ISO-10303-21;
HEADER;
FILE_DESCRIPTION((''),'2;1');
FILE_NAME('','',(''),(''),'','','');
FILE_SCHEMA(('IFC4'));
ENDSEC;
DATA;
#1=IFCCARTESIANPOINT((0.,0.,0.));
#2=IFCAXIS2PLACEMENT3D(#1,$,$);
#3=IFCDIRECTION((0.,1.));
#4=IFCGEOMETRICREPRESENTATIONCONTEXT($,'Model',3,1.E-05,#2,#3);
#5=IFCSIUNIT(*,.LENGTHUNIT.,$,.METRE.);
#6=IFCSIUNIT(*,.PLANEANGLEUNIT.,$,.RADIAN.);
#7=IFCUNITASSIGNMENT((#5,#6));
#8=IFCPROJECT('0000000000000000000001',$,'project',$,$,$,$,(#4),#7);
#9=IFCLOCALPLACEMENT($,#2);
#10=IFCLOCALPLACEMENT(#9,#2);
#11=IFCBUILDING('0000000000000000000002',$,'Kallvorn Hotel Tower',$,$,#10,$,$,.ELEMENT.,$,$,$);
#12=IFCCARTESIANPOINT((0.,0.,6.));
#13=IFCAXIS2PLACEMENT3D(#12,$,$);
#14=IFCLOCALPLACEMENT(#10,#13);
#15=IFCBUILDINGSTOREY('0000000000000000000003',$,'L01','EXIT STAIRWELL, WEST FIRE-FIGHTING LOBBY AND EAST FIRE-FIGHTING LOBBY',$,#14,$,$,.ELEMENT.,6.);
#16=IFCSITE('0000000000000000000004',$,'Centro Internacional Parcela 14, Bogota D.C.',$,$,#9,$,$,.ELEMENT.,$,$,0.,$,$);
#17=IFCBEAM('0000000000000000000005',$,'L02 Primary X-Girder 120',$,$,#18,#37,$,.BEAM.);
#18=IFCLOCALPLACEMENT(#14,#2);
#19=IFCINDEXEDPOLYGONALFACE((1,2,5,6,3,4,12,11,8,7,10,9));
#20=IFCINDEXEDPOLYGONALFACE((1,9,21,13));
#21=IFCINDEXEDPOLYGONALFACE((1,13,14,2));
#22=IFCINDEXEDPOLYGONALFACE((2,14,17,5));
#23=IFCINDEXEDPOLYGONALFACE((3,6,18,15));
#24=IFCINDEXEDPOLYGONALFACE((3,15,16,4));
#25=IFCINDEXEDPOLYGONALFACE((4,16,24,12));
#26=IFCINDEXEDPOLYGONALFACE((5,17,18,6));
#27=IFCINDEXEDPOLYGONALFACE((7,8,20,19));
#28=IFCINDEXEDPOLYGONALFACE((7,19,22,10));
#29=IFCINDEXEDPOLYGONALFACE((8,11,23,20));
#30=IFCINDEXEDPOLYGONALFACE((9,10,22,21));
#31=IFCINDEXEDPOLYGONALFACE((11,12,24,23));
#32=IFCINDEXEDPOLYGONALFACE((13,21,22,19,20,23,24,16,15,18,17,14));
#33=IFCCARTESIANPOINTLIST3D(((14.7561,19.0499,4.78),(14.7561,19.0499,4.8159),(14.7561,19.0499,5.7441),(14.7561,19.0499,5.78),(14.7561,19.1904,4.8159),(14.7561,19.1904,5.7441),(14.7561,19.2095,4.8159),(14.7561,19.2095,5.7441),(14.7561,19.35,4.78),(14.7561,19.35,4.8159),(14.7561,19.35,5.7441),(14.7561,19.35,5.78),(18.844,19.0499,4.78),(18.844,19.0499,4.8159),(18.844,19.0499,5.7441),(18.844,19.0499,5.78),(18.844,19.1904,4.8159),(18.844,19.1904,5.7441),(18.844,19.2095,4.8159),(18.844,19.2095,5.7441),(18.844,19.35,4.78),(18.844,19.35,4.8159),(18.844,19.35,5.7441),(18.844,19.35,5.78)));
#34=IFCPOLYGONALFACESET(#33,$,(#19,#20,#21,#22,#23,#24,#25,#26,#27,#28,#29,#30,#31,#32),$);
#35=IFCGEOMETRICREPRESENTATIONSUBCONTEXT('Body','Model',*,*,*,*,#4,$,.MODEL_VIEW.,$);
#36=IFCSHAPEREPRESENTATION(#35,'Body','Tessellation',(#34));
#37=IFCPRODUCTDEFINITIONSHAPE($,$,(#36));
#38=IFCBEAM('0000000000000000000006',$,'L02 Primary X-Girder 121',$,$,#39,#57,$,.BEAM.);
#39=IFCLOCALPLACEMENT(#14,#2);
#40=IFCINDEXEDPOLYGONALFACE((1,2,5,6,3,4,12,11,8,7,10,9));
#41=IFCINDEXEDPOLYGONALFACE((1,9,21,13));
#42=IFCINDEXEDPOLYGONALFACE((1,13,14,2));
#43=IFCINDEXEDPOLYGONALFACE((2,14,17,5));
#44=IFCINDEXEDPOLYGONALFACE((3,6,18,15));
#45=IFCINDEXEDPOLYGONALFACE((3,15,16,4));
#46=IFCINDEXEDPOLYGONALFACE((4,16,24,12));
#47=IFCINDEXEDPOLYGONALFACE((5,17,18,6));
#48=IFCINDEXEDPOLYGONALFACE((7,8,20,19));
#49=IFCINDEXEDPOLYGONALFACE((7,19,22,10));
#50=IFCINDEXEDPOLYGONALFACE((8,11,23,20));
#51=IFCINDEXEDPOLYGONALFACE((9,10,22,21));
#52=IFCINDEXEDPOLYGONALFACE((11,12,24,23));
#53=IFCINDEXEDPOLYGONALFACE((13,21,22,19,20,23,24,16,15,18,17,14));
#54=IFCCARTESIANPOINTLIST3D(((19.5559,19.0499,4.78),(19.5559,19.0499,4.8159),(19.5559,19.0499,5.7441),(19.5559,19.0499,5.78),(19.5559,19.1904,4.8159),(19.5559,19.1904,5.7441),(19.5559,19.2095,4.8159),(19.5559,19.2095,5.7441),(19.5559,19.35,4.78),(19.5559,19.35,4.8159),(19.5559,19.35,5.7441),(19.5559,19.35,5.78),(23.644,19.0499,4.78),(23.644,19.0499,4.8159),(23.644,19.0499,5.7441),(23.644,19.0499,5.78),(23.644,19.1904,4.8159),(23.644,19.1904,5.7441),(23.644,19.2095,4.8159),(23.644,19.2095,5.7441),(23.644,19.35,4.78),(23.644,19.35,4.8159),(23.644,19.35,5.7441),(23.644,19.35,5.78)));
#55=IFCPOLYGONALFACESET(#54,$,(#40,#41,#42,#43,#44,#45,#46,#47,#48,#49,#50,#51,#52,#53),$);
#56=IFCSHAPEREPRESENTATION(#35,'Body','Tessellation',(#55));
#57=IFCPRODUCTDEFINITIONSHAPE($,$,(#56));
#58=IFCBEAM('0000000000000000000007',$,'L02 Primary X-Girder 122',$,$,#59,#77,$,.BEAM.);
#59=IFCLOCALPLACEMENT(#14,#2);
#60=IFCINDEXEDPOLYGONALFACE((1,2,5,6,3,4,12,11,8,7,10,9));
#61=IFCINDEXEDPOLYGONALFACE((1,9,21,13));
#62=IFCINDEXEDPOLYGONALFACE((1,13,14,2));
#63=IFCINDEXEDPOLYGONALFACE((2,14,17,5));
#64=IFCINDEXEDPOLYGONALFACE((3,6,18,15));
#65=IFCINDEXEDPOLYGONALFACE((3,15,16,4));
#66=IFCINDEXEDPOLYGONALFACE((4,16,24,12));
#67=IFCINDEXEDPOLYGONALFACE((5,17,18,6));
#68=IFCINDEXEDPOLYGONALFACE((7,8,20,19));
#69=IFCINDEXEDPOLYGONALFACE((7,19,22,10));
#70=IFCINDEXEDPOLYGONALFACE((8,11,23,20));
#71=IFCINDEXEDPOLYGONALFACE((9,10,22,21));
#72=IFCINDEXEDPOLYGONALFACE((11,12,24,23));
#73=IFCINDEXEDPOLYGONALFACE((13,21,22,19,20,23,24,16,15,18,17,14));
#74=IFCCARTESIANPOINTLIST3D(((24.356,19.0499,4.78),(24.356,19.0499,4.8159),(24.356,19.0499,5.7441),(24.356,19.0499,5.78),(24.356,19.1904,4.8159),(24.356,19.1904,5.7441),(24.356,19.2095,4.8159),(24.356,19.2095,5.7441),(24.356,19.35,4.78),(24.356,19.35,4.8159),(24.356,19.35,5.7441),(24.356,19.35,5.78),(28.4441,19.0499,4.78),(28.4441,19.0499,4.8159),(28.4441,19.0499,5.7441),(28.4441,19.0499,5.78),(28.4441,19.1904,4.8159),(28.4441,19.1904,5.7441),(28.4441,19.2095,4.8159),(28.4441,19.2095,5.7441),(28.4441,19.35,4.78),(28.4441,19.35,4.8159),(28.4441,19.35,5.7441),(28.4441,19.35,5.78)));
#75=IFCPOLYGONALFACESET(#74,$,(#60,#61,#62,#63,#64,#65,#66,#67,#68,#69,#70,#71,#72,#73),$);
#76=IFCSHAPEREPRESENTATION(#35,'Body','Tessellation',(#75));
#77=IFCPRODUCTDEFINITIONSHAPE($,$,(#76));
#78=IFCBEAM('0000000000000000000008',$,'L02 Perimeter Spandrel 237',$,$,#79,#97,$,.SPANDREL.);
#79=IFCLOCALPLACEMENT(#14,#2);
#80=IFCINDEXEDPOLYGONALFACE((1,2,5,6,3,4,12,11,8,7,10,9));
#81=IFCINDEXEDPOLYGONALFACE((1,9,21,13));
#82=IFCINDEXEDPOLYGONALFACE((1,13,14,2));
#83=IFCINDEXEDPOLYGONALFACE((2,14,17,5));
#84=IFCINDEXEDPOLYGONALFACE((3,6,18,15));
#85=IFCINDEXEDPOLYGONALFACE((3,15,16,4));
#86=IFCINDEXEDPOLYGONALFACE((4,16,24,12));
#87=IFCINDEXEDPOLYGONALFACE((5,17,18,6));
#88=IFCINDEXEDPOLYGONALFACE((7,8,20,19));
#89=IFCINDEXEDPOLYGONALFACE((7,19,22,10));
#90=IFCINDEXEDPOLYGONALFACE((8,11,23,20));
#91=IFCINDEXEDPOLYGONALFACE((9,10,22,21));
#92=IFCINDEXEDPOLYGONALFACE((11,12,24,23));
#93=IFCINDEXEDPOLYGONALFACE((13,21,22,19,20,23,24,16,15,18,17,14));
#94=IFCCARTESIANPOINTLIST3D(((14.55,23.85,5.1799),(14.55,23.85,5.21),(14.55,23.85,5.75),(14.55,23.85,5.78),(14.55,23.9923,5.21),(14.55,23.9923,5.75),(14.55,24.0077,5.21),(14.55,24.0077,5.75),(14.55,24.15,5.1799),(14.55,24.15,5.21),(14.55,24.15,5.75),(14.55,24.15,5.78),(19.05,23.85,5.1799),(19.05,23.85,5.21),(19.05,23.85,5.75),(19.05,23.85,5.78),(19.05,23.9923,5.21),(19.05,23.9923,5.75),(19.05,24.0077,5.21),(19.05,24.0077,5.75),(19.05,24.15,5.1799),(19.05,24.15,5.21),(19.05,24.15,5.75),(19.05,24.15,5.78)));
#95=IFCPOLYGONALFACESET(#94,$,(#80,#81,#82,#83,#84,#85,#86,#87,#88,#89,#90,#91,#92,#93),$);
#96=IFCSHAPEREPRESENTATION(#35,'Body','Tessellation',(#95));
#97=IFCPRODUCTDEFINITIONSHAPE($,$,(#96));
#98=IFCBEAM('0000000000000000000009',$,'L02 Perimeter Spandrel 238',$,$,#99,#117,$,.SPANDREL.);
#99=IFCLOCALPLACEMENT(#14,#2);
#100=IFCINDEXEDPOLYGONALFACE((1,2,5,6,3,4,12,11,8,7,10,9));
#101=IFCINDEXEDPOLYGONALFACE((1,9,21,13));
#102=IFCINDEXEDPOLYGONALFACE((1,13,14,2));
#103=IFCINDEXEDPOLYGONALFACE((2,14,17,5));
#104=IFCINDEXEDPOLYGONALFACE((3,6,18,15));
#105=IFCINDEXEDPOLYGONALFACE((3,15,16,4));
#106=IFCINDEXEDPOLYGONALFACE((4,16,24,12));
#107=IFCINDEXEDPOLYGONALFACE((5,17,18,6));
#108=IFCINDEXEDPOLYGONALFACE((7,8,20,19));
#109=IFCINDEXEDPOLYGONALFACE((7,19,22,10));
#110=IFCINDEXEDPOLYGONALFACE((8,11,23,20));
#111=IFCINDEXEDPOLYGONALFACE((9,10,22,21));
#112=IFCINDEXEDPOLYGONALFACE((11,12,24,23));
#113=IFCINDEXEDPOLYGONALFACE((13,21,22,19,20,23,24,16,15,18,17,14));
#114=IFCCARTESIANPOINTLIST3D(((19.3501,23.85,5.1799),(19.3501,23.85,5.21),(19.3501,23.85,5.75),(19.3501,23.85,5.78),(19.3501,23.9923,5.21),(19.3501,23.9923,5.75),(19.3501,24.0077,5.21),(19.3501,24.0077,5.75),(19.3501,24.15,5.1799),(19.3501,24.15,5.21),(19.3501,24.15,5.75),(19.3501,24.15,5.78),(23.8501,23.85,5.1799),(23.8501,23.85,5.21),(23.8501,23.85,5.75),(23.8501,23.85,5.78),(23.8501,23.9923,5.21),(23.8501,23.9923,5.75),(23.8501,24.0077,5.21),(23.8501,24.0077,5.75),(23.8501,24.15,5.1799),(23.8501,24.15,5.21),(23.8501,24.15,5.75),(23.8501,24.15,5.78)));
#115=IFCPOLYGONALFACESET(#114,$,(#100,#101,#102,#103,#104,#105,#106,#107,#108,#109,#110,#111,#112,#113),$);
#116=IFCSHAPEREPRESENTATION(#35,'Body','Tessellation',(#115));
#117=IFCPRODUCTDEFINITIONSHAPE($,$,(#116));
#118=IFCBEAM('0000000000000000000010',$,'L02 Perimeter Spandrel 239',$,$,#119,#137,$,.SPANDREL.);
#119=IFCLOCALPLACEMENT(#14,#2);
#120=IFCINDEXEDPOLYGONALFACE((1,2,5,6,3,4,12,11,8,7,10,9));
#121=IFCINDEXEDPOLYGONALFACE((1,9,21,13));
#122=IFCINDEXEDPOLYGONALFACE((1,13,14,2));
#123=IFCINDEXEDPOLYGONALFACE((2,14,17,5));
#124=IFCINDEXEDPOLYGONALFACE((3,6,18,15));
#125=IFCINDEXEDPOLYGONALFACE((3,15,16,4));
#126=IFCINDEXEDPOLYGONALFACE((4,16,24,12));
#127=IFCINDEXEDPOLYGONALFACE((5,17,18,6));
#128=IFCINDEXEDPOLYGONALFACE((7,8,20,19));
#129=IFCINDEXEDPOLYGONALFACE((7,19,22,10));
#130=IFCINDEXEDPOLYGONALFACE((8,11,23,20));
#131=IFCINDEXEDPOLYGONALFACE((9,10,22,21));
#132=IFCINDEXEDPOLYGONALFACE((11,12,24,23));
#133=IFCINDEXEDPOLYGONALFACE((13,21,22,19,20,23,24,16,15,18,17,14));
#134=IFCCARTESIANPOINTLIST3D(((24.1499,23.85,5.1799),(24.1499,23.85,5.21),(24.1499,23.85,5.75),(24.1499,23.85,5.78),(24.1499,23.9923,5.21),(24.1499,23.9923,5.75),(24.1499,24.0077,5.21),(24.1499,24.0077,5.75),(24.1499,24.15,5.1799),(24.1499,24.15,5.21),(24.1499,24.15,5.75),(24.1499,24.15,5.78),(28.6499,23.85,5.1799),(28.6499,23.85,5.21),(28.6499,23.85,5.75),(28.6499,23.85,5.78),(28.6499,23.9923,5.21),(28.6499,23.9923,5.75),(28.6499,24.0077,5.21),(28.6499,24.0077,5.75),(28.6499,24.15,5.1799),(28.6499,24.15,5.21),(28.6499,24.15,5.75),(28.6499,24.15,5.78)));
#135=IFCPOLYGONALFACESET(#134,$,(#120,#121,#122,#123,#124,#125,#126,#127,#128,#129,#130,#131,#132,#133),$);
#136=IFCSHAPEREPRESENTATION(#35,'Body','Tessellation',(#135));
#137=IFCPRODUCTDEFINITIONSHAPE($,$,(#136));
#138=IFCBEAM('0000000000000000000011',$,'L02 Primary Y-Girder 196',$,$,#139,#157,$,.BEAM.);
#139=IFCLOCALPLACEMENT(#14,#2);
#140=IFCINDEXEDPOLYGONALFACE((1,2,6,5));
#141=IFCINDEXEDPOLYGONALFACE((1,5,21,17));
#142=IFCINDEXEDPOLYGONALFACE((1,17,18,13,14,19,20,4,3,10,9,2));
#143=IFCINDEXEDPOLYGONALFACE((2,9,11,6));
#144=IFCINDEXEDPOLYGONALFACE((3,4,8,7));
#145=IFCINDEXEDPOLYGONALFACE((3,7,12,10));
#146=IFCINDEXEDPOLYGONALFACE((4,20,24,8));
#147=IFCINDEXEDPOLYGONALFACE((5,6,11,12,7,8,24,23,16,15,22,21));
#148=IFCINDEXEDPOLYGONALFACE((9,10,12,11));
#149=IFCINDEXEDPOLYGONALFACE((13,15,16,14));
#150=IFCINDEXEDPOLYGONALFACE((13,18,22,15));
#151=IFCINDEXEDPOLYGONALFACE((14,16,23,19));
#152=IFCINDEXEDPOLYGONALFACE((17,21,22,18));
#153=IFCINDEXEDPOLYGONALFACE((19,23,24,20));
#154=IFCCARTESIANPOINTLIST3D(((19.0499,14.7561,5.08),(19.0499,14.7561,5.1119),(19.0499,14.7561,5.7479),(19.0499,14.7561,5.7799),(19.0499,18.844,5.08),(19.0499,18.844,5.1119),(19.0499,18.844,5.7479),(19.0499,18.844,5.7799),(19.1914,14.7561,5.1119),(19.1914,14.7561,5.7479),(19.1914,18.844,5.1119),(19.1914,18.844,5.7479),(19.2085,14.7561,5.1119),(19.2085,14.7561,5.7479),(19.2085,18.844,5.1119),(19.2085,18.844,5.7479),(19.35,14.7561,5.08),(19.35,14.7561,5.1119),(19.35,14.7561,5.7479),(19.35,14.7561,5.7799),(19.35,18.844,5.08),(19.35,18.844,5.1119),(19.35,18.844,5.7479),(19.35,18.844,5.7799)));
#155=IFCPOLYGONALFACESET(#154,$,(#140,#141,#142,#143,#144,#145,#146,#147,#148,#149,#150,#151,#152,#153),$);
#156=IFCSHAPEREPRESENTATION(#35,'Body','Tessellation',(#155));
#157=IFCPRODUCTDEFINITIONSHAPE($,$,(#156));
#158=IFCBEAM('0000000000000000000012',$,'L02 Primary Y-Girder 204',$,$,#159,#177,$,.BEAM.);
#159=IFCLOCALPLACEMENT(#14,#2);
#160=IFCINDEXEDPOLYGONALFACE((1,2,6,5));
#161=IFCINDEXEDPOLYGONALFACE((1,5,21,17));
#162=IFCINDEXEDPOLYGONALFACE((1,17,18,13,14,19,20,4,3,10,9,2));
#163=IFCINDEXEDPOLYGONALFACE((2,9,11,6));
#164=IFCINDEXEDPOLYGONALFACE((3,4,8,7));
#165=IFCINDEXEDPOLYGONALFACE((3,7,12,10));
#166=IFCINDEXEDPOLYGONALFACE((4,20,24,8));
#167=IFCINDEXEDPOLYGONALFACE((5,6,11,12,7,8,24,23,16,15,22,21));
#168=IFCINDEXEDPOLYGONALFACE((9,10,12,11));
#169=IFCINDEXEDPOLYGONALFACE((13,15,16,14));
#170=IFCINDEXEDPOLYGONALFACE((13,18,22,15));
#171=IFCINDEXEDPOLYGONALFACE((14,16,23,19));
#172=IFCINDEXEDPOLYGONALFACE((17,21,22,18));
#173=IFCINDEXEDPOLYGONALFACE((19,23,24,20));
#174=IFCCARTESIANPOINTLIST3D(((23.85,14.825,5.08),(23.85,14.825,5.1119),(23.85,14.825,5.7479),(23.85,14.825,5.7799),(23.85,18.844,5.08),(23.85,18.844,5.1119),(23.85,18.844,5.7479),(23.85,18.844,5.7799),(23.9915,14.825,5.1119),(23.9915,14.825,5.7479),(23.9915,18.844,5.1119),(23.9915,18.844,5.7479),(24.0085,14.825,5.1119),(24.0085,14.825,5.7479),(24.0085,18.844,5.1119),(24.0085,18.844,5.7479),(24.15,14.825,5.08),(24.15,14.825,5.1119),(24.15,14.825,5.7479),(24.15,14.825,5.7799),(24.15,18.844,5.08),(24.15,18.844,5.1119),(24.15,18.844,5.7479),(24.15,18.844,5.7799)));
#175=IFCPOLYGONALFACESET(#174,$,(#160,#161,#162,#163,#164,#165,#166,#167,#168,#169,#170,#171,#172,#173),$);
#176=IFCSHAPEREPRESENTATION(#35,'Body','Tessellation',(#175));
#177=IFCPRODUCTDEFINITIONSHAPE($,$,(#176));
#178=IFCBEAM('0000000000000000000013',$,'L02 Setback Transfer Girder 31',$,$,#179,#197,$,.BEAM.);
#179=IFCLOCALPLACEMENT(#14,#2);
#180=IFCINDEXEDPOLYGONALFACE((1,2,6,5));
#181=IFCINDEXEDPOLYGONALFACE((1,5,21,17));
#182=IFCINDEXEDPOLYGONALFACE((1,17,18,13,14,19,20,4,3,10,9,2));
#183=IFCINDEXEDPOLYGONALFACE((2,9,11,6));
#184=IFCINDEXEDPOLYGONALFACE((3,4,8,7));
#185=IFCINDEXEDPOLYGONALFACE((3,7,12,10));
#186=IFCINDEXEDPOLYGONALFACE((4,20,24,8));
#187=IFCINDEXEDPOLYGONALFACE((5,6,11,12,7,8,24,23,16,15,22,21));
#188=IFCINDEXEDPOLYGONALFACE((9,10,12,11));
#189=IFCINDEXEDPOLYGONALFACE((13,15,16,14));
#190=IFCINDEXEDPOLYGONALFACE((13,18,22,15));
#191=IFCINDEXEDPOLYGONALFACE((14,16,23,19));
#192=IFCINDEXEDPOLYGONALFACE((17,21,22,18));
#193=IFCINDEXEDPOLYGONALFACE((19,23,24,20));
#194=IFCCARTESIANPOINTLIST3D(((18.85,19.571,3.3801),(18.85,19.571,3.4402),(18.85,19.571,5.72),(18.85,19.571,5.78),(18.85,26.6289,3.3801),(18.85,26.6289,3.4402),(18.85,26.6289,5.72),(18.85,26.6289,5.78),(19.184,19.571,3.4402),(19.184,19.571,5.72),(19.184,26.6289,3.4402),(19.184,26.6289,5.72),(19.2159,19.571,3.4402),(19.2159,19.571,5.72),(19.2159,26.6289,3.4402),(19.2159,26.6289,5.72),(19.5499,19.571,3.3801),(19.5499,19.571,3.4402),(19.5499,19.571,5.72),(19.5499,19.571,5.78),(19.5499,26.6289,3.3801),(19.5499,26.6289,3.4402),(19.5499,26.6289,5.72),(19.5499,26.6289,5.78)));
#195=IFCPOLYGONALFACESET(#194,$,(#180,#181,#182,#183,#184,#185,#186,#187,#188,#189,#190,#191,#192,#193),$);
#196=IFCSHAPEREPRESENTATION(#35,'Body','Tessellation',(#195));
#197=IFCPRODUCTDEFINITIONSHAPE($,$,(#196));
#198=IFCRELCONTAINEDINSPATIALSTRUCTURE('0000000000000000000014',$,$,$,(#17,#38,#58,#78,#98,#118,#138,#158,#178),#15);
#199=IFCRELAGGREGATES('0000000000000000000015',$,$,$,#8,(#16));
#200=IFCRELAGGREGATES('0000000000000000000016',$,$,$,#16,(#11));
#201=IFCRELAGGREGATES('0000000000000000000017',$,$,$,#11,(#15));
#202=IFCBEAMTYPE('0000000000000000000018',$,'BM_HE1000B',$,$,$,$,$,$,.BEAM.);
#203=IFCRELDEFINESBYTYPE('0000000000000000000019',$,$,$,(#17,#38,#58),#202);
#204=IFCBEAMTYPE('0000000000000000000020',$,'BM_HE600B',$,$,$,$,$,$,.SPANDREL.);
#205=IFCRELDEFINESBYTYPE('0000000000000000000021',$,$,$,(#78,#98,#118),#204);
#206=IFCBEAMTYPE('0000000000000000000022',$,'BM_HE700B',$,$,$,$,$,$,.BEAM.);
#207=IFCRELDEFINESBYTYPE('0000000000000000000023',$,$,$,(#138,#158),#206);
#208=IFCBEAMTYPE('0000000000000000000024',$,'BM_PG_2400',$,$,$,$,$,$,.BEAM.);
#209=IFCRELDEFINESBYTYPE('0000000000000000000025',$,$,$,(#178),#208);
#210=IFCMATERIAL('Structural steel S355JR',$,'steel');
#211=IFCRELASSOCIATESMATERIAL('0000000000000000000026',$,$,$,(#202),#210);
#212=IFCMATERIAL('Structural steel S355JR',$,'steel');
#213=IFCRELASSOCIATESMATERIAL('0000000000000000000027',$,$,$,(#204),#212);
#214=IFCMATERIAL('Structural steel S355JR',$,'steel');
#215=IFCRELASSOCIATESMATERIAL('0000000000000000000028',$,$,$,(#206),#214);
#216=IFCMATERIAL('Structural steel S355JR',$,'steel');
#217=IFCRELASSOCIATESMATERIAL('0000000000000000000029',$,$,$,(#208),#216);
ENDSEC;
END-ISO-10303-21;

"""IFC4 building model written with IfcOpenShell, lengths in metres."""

from ifc_helpers import new_model, si_unit, direction, frame, origin, origin_2d, place, context, subcontext, project, spatial, i_section, extrude, material, material_profile, profile_set, type_object, element, save


model = new_model("IFC4")

# Units and contexts
model_context = context("Model", 3, precision=1e-05, world=origin(), true_north=direction((0.0, 1.0)))
body_context = subcontext(model_context, "Body", "Model", "MODEL_VIEW")
ifc_project = project(units=[si_unit("LENGTHUNIT", "METRE"), si_unit("PLANEANGLEUNIT", "RADIAN")], contexts=[model_context])

# Site, building, storey
site_placement = place(None, origin())
site = spatial("IfcSite", under=ifc_project, at=site_placement, Name="Centro Internacional Parcela 14, Bogota D.C.", CompositionType="ELEMENT", RefElevation=0.0)
building_placement = place(site_placement, origin())
building = spatial("IfcBuilding", under=site, at=building_placement, Name="Kallvorn Hotel Tower", CompositionType="ELEMENT")
storey_placement = place(building_placement, frame((0.0, 0.0, 6.0)))
storey = spatial("IfcBuildingStorey", under=building, at=storey_placement, Name="L01", Description="EXIT STAIRWELL, WEST FIRE-FIGHTING LOBBY AND EAST FIRE-FIGHTING LOBBY", CompositionType="ELEMENT", Elevation=6.0)

# Beams
ifc_material_1 = material(Name="Structural steel S355JR", Category="steel")
ifc_material_profile_1 = material_profile(ifc_material_1, i_section(OverallWidth=0.3, OverallDepth=1.0, WebThickness=0.019, FlangeThickness=0.0359, at=origin_2d()), Name="HE 1000 B")
ifc_profile_set_1 = profile_set([ifc_material_profile_1], Name="Structural steel S355JR")
beam_type_1 = type_object("IfcBeamType", Name="BM_HE1000B", PredefinedType="BEAM", material=ifc_profile_set_1)
beam_1_placement = place(storey_placement, frame((14.7561, 19.2, 5.28), z_axis=(1.0, 0.0, 0.0), x_axis=(0.0, 1.0, 0.0)))
element("IfcBeam", 1, at=beam_1_placement, inside=storey, type_object=beam_type_1, Name="L02 Primary X-Girder 120", PredefinedType="BEAM", context=body_context, shape_type="SweptSolid", body=[
    extrude(i_section(OverallWidth=0.3, OverallDepth=1.0, WebThickness=0.019, FlangeThickness=0.0359, at=origin_2d()), origin(), (0.0, 0.0, 1.0), 4.0879),
])
for number, where, z_axis, x_axis, name in (
    (2, (19.5559, 19.2, 5.28), (1.0, 0.0, 0.0), (0.0, 1.0, 0.0), "L02 Primary X-Girder 121"),
    (3, (24.356, 19.2, 5.28), (1.0, 0.0, 0.0), (0.0, 1.0, 0.0), "L02 Primary X-Girder 122"),
):
    element("IfcBeam", number, at=place(storey_placement, frame(where, z_axis=z_axis, x_axis=x_axis)), inside=storey, type_object=beam_type_1, Name=name, PredefinedType="BEAM", context=body_context, shape_type="SweptSolid", body=[
        extrude(i_section(OverallWidth=0.3, OverallDepth=1.0, WebThickness=0.019, FlangeThickness=0.0359, at=origin_2d()), origin(), (0.0, 0.0, 1.0), 4.0881),
    ])
ifc_material_2 = material(Name="Structural steel S355JR", Category="steel")
ifc_material_profile_2 = material_profile(ifc_material_2, i_section(OverallWidth=0.3, OverallDepth=0.6001, WebThickness=0.0154, FlangeThickness=0.03, at=origin_2d()), Name="HE 600 B")
ifc_profile_set_2 = profile_set([ifc_material_profile_2], Name="Structural steel S355JR")
beam_type_2 = type_object("IfcBeamType", Name="BM_HE600B", PredefinedType="SPANDREL", material=ifc_profile_set_2)
for number, where, z_axis, x_axis, name in (
    (4, (14.55, 24.0, 5.48), (1.0, 0.0, 0.0), (0.0, 1.0, 0.0), "L02 Perimeter Spandrel 237"),
    (5, (19.3501, 24.0, 5.48), (1.0, 0.0, 0.0), (0.0, 1.0, 0.0), "L02 Perimeter Spandrel 238"),
    (6, (24.1499, 24.0, 5.48), (1.0, 0.0, 0.0), (0.0, 1.0, 0.0), "L02 Perimeter Spandrel 239"),
):
    element("IfcBeam", number, at=place(storey_placement, frame(where, z_axis=z_axis, x_axis=x_axis)), inside=storey, type_object=beam_type_2, Name=name, PredefinedType="SPANDREL", context=body_context, shape_type="SweptSolid", body=[
        extrude(i_section(OverallWidth=0.3, OverallDepth=0.6001, WebThickness=0.0154, FlangeThickness=0.03, at=origin_2d()), origin(), (0.0, 0.0, 1.0), 4.5),
    ])
ifc_material_3 = material(Name="Structural steel S355JR", Category="steel")
ifc_material_profile_3 = material_profile(ifc_material_3, i_section(OverallWidth=0.3, OverallDepth=0.7, WebThickness=0.0171, FlangeThickness=0.032, at=origin_2d()), Name="HE 700 B")
ifc_profile_set_3 = profile_set([ifc_material_profile_3], Name="Structural steel S355JR")
beam_type_3 = type_object("IfcBeamType", Name="BM_HE700B", PredefinedType="BEAM", material=ifc_profile_set_3)
beam_2_placement = place(storey_placement, frame((19.2, 14.7561, 5.4299), z_axis=(0.0, 1.0, 0.0), x_axis=(-1.0, 0.0, 0.0)))
element("IfcBeam", 7, at=beam_2_placement, inside=storey, type_object=beam_type_3, Name="L02 Primary Y-Girder 196", PredefinedType="BEAM", context=body_context, shape_type="SweptSolid", body=[
    extrude(i_section(OverallWidth=0.3, OverallDepth=0.7, WebThickness=0.0171, FlangeThickness=0.032, at=origin_2d()), origin(), (0.0, 0.0, 1.0), 4.0879),
])
beam_3_placement = place(storey_placement, frame((24.0, 14.825, 5.4299), z_axis=(0.0, 1.0, 0.0), x_axis=(-1.0, 0.0, 0.0)))
element("IfcBeam", 8, at=beam_3_placement, inside=storey, type_object=beam_type_3, Name="L02 Primary Y-Girder 204", PredefinedType="BEAM", context=body_context, shape_type="SweptSolid", body=[
    extrude(i_section(OverallWidth=0.3, OverallDepth=0.7, WebThickness=0.0171, FlangeThickness=0.032, at=origin_2d()), origin(), (0.0, 0.0, 1.0), 4.019),
])
ifc_material_4 = material(Name="Structural steel S355JR", Category="steel")
ifc_material_profile_4 = material_profile(ifc_material_4, i_section(OverallWidth=0.7, OverallDepth=2.3999, WebThickness=0.032, FlangeThickness=0.0601, at=origin_2d()), Name="PG 2400x700x32x60")
ifc_profile_set_4 = profile_set([ifc_material_profile_4], Name="Structural steel S355JR")
beam_type_4 = type_object("IfcBeamType", Name="BM_PG_2400", PredefinedType="BEAM", material=ifc_profile_set_4)
for number, where, z_axis, x_axis, name in (
    (9, (19.2, 19.571, 4.5801), (0.0, 1.0, 0.0), (-1.0, 0.0, 0.0), "L02 Setback Transfer Girder 31"),
):
    element("IfcBeam", number, at=place(storey_placement, frame(where, z_axis=z_axis, x_axis=x_axis)), inside=storey, type_object=beam_type_4, Name=name, PredefinedType="BEAM", context=body_context, shape_type="SweptSolid", body=[
        extrude(i_section(OverallWidth=0.7, OverallDepth=2.3999, WebThickness=0.032, FlangeThickness=0.0601, at=origin_2d()), origin(), (0.0, 0.0, 1.0), 7.0579),
    ])

save(model, "model.ifc")
